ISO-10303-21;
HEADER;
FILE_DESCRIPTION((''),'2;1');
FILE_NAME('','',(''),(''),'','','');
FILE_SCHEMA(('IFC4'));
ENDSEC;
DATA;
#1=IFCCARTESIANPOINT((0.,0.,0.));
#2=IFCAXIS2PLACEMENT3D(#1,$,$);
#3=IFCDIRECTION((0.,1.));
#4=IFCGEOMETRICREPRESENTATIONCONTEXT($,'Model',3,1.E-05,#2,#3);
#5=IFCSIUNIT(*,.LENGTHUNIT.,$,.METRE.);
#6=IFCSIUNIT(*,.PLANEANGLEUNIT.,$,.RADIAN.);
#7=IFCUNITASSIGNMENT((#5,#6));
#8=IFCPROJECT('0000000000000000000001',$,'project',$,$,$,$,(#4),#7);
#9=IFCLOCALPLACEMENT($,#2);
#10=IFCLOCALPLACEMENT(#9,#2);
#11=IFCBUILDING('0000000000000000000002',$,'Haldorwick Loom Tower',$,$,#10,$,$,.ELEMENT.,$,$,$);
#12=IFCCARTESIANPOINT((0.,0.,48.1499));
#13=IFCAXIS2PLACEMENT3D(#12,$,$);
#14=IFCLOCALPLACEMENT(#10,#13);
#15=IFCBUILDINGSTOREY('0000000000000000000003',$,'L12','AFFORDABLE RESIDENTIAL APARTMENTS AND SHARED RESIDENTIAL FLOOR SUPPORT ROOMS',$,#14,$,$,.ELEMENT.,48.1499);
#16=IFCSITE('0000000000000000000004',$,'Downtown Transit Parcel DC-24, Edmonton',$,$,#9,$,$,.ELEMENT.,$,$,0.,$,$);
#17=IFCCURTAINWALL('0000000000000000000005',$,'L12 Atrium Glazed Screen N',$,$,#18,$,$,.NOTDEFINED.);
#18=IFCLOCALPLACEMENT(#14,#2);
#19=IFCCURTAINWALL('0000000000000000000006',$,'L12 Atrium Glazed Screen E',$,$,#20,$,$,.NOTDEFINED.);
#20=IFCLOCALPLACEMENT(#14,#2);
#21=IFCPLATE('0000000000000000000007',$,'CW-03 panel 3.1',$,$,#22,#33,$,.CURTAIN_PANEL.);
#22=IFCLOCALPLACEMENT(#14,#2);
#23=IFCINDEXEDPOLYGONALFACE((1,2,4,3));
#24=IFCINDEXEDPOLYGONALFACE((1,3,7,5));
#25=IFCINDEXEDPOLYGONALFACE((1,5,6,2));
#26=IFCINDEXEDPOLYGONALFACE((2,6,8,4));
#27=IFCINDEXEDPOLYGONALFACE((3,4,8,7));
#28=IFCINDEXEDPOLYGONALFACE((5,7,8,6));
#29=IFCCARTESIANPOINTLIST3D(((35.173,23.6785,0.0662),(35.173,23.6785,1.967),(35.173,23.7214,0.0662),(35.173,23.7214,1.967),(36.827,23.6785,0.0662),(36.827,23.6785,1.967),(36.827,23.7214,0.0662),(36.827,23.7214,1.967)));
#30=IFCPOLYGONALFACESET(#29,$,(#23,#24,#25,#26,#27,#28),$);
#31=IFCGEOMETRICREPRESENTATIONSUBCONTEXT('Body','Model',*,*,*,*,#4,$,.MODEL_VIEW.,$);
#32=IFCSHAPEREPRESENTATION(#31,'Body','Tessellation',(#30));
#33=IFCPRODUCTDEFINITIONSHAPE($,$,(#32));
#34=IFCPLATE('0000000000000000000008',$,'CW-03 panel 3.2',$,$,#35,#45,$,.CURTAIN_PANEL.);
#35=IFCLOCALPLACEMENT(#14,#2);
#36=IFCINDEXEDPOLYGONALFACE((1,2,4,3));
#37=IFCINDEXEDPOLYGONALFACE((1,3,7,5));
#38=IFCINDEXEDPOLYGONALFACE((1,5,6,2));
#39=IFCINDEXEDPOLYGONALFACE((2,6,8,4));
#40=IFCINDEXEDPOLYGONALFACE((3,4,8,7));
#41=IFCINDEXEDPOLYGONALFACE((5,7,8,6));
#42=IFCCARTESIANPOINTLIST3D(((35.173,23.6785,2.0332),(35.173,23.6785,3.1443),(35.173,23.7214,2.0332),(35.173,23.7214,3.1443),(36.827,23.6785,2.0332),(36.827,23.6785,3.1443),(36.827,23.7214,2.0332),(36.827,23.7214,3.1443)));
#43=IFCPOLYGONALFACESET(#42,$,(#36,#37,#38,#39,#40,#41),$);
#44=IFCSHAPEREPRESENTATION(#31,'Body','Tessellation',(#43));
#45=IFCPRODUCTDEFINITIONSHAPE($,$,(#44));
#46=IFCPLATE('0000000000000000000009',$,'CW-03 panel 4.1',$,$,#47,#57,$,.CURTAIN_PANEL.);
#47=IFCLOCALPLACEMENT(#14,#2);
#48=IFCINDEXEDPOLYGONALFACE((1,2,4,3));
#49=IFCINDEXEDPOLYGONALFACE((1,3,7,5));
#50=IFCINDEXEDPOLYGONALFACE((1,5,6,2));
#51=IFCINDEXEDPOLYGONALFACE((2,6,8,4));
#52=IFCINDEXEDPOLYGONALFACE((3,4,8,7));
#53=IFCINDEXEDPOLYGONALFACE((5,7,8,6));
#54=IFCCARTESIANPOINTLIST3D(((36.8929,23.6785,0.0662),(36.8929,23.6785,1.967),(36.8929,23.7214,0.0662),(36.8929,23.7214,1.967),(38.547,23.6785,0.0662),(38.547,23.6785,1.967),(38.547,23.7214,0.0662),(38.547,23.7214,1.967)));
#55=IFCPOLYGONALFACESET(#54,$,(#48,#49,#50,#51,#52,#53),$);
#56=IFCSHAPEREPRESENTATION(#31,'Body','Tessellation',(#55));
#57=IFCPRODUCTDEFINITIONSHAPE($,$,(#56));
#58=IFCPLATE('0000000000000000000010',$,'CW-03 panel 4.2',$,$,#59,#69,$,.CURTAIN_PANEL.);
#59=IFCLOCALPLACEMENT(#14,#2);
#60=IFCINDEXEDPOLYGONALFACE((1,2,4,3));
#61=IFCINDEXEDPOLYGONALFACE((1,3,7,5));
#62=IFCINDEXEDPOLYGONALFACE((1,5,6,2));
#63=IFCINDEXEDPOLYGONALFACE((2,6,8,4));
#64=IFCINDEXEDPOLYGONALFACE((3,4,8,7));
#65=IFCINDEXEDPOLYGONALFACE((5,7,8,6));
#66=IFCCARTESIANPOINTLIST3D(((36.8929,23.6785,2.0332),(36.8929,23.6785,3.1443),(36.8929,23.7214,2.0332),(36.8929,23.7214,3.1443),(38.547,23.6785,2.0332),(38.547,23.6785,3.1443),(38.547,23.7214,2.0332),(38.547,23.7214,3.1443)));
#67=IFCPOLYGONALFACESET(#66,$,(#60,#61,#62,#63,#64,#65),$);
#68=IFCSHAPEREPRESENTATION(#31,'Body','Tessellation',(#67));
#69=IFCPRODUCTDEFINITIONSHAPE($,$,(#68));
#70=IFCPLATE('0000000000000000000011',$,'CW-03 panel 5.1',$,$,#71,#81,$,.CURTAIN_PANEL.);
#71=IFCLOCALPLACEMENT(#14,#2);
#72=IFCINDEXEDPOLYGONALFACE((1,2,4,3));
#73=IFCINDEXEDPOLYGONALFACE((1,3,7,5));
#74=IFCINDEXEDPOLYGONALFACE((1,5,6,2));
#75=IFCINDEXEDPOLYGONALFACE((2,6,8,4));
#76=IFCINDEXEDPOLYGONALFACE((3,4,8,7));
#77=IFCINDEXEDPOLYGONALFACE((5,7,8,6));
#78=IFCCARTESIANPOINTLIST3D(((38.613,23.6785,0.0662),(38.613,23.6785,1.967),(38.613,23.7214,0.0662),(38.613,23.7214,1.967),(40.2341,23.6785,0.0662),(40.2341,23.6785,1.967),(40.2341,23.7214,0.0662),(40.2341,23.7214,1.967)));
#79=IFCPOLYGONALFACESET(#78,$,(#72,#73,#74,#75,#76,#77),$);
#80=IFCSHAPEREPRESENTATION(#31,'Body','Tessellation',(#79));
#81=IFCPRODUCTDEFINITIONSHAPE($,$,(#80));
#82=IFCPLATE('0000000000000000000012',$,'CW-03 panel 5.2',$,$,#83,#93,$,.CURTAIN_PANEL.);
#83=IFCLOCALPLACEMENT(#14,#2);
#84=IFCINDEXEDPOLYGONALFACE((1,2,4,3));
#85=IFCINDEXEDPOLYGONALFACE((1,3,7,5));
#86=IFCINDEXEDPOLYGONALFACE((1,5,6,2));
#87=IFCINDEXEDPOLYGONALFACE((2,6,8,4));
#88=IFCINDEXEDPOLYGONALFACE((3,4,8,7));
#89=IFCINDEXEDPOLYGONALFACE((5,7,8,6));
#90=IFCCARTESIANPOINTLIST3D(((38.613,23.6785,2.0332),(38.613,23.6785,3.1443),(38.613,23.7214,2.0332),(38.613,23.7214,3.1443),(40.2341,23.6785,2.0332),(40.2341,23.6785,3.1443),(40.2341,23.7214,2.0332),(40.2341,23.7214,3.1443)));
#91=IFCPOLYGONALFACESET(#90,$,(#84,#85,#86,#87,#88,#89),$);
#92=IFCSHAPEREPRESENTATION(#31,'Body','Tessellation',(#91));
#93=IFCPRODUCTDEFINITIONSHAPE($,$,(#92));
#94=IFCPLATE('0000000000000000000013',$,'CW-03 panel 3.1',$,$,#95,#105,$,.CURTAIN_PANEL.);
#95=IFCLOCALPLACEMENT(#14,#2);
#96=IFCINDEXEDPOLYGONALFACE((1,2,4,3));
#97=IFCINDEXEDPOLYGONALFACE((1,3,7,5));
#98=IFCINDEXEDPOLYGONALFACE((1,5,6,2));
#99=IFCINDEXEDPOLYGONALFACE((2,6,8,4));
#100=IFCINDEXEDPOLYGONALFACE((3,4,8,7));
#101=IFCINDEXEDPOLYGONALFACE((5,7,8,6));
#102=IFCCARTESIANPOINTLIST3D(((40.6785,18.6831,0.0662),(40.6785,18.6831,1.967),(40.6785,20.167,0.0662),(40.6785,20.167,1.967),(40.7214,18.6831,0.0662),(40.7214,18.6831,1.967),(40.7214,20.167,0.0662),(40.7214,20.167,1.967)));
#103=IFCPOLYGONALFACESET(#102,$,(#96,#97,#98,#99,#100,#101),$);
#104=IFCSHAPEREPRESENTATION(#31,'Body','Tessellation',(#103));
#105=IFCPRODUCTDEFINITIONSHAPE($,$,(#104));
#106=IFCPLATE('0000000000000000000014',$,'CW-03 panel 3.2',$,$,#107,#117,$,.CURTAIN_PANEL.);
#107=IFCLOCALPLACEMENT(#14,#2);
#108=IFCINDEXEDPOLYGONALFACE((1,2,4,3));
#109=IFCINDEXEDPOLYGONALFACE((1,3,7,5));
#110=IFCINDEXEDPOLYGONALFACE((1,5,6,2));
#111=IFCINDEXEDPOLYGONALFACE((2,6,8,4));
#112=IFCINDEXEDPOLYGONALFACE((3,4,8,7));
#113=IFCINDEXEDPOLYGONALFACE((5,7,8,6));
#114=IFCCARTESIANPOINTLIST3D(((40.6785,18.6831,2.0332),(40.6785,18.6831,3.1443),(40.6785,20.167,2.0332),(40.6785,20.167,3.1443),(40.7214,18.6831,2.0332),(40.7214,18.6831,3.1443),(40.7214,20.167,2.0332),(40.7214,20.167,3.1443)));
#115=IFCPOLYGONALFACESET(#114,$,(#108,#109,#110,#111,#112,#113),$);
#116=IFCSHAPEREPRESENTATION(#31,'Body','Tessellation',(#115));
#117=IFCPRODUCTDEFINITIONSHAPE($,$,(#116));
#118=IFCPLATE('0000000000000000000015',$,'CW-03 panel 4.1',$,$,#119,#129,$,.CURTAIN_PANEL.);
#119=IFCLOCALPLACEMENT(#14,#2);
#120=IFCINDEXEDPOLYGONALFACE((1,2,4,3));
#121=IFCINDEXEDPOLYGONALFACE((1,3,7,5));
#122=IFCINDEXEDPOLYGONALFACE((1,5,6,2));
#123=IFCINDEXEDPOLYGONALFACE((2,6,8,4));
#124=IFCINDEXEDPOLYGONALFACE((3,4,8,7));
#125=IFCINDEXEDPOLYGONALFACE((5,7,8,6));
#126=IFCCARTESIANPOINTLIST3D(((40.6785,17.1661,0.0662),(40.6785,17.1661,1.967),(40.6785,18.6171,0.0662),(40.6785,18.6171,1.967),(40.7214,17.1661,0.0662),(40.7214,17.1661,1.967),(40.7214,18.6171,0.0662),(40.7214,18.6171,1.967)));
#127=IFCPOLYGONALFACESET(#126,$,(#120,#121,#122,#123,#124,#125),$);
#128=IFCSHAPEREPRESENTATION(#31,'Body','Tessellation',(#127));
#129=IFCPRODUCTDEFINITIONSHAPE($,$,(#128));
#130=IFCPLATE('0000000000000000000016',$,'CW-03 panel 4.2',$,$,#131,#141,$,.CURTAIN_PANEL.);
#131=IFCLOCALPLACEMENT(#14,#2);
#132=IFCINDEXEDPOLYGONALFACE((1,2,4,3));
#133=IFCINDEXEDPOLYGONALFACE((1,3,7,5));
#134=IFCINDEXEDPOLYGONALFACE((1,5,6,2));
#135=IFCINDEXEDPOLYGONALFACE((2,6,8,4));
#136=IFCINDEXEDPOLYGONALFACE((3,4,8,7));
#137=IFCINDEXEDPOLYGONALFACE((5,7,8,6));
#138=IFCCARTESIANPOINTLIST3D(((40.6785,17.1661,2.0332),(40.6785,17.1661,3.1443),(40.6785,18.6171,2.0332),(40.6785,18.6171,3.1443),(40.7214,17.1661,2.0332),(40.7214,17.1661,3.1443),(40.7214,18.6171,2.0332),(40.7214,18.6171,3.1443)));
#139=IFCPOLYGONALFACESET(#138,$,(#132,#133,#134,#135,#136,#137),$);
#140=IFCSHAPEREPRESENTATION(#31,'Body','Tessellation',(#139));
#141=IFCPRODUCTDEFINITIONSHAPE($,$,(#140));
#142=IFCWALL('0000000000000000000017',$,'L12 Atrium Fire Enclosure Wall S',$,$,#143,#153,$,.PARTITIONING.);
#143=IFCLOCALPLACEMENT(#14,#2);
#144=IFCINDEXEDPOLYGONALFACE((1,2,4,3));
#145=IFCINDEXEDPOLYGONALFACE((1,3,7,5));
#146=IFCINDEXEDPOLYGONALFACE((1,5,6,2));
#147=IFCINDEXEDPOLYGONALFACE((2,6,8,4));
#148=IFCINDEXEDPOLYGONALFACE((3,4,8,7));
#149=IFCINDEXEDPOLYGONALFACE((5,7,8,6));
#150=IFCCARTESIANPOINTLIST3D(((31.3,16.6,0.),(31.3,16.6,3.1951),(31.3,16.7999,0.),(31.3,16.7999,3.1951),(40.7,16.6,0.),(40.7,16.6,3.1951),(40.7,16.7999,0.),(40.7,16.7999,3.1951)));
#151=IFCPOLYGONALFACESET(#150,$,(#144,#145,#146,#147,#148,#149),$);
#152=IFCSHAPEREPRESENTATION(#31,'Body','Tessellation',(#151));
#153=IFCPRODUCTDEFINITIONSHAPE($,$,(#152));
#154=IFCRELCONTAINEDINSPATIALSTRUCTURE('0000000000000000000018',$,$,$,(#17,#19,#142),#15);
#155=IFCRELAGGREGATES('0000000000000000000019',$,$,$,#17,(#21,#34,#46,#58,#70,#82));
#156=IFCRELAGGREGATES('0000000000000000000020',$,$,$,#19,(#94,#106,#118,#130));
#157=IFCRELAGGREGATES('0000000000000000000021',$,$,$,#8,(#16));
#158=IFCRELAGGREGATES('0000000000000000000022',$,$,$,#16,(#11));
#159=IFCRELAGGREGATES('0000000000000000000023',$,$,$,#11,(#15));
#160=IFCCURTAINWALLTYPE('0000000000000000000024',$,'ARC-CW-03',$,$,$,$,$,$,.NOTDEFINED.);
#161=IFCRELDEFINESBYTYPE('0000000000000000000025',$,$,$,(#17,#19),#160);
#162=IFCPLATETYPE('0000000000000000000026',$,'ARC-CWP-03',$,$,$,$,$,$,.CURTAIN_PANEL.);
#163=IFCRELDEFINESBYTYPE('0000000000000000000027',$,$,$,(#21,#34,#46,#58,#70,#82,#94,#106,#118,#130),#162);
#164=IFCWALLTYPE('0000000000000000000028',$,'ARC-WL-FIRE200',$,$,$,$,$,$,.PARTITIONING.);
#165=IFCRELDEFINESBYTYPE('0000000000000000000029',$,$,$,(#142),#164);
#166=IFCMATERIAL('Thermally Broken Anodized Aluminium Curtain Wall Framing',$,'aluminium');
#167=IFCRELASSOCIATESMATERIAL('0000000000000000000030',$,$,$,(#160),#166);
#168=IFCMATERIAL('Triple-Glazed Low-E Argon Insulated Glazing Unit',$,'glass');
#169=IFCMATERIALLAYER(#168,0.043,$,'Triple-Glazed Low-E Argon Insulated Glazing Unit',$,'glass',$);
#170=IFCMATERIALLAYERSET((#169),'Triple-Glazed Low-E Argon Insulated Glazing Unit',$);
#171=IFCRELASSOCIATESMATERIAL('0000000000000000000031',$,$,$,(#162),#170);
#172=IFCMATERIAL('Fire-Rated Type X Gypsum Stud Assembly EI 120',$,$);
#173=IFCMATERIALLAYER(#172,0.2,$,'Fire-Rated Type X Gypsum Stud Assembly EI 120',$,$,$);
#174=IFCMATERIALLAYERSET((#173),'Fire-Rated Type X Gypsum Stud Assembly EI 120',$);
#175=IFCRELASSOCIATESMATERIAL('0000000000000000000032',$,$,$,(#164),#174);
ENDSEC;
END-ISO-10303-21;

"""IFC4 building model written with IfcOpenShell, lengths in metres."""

from ifc_helpers import new_model, si_unit, direction, frame, frame_2d, origin, origin_2d, place, context, subcontext, project, spatial, rectangle, extrude, material, layer, layer_set, type_object, element, aggregate, save


model = new_model("IFC4")

# Units and contexts
model_context = context("Model", 3, precision=1e-05, world=origin(), true_north=direction((0.0, 1.0)))
body_context = subcontext(model_context, "Body", "Model", "MODEL_VIEW")
ifc_project = project(units=[si_unit("LENGTHUNIT", "METRE"), si_unit("PLANEANGLEUNIT", "RADIAN")], contexts=[model_context])

# Site, building, storey
site_placement = place(None, origin())
site = spatial("IfcSite", under=ifc_project, at=site_placement, Name="Downtown Transit Parcel DC-24, Edmonton", CompositionType="ELEMENT", RefElevation=0.0)
building_placement = place(site_placement, origin())
building = spatial("IfcBuilding", under=site, at=building_placement, Name="Haldorwick Loom Tower", CompositionType="ELEMENT")
storey_placement = place(building_placement, frame((0.0, 0.0, 48.1499)))
storey = spatial("IfcBuildingStorey", under=building, at=storey_placement, Name="L12", Description="AFFORDABLE RESIDENTIAL APARTMENTS AND SHARED RESIDENTIAL FLOOR SUPPORT ROOMS", CompositionType="ELEMENT", Elevation=48.1499)

# Curtain walls
ifc_material_1 = material(Name="Thermally Broken Anodized Aluminium Curtain Wall Framing", Category="aluminium")
curtain_wall_type = type_object("IfcCurtainWallType", Name="ARC-CW-03", PredefinedType="NOTDEFINED", material=ifc_material_1)
curtain_wall_1_placement = place(storey_placement, origin())
curtain_wall_1 = element("IfcCurtainWall", 1, at=curtain_wall_1_placement, inside=storey, type_object=curtain_wall_type, Name="L12 Atrium Glazed Screen N", PredefinedType="NOTDEFINED")
curtain_wall_2_placement = place(storey_placement, origin())
curtain_wall_2 = element("IfcCurtainWall", 2, at=curtain_wall_2_placement, inside=storey, type_object=curtain_wall_type, Name="L12 Atrium Glazed Screen E", PredefinedType="NOTDEFINED")

# Plates
ifc_material_2 = material(Name="Triple-Glazed Low-E Argon Insulated Glazing Unit", Category="glass")
ifc_layer_1 = layer(ifc_material_2, 0.043, Name="Triple-Glazed Low-E Argon Insulated Glazing Unit", Category="glass")
ifc_layer_set_1 = layer_set([ifc_layer_1], Name="Triple-Glazed Low-E Argon Insulated Glazing Unit")
plate_type = type_object("IfcPlateType", Name="ARC-CWP-03", PredefinedType="CURTAIN_PANEL", material=ifc_layer_set_1)
plate_1_placement = place(storey_placement, frame((36.0, 23.7, 0.0662), z_axis=(0.0, 0.0, 1.0), x_axis=(1.0, 0.0, 0.0)))
plate_1 = element("IfcPlate", 3, at=plate_1_placement, type_object=plate_type, Name="CW-03 panel 3.1", PredefinedType="CURTAIN_PANEL", context=body_context, shape_type="SweptSolid", body=[
    extrude(rectangle(XDim=1.6541, YDim=0.043, at=origin_2d()), origin(), (0.0, 0.0, 1.0), 1.9009),
])
plate_2_placement = place(storey_placement, frame((36.0, 23.7, 2.0332), z_axis=(0.0, 0.0, 1.0), x_axis=(1.0, 0.0, 0.0)))
plate_2 = element("IfcPlate", 4, at=plate_2_placement, type_object=plate_type, Name="CW-03 panel 3.2", PredefinedType="CURTAIN_PANEL", context=body_context, shape_type="SweptSolid", body=[
    extrude(rectangle(XDim=1.6541, YDim=0.043, at=origin_2d()), origin(), (0.0, 0.0, 1.0), 1.1111),
])
plate_3_placement = place(storey_placement, frame((37.72, 23.7, 0.0662), z_axis=(0.0, 0.0, 1.0), x_axis=(1.0, 0.0, 0.0)))
plate_3 = element("IfcPlate", 5, at=plate_3_placement, type_object=plate_type, Name="CW-03 panel 4.1", PredefinedType="CURTAIN_PANEL", context=body_context, shape_type="SweptSolid", body=[
    extrude(rectangle(XDim=1.6541, YDim=0.043, at=origin_2d()), origin(), (0.0, 0.0, 1.0), 1.9009),
])
plate_4_placement = place(storey_placement, frame((37.72, 23.7, 2.0332), z_axis=(0.0, 0.0, 1.0), x_axis=(1.0, 0.0, 0.0)))
plate_4 = element("IfcPlate", 6, at=plate_4_placement, type_object=plate_type, Name="CW-03 panel 4.2", PredefinedType="CURTAIN_PANEL", context=body_context, shape_type="SweptSolid", body=[
    extrude(rectangle(XDim=1.6541, YDim=0.043, at=origin_2d()), origin(), (0.0, 0.0, 1.0), 1.1111),
])
plate_5_placement = place(storey_placement, frame((39.4236, 23.7, 0.0662), z_axis=(0.0, 0.0, 1.0), x_axis=(1.0, 0.0, 0.0)))
plate_5 = element("IfcPlate", 7, at=plate_5_placement, type_object=plate_type, Name="CW-03 panel 5.1", PredefinedType="CURTAIN_PANEL", context=body_context, shape_type="SweptSolid", body=[
    extrude(rectangle(XDim=1.6211, YDim=0.043, at=origin_2d()), origin(), (0.0, 0.0, 1.0), 1.9009),
])
plate_6_placement = place(storey_placement, frame((39.4236, 23.7, 2.0332), z_axis=(0.0, 0.0, 1.0), x_axis=(1.0, 0.0, 0.0)))
plate_6 = element("IfcPlate", 8, at=plate_6_placement, type_object=plate_type, Name="CW-03 panel 5.2", PredefinedType="CURTAIN_PANEL", context=body_context, shape_type="SweptSolid", body=[
    extrude(rectangle(XDim=1.6211, YDim=0.043, at=origin_2d()), origin(), (0.0, 0.0, 1.0), 1.1111),
])
aggregate(curtain_wall_1, [plate_1, plate_2, plate_3, plate_4, plate_5, plate_6])
plate_7_placement = place(storey_placement, frame((40.7, 19.425, 0.0662), z_axis=(0.0, 0.0, 1.0), x_axis=(0.0, -1.0, 0.0)))
plate_7 = element("IfcPlate", 9, at=plate_7_placement, type_object=plate_type, Name="CW-03 panel 3.1", PredefinedType="CURTAIN_PANEL", context=body_context, shape_type="SweptSolid", body=[
    extrude(rectangle(XDim=1.4839, YDim=0.043, at=origin_2d()), origin(), (0.0, 0.0, 1.0), 1.9009),
])
plate_8_placement = place(storey_placement, frame((40.7, 19.425, 2.0332), z_axis=(0.0, 0.0, 1.0), x_axis=(0.0, -1.0, 0.0)))
plate_8 = element("IfcPlate", 10, at=plate_8_placement, type_object=plate_type, Name="CW-03 panel 3.2", PredefinedType="CURTAIN_PANEL", context=body_context, shape_type="SweptSolid", body=[
    extrude(rectangle(XDim=1.4839, YDim=0.043, at=origin_2d()), origin(), (0.0, 0.0, 1.0), 1.1111),
])
plate_9_placement = place(storey_placement, frame((40.7, 17.8916, 0.0662), z_axis=(0.0, 0.0, 1.0), x_axis=(0.0, -1.0, 0.0)))
plate_9 = element("IfcPlate", 11, at=plate_9_placement, type_object=plate_type, Name="CW-03 panel 4.1", PredefinedType="CURTAIN_PANEL", context=body_context, shape_type="SweptSolid", body=[
    extrude(rectangle(XDim=1.4509, YDim=0.043, at=origin_2d()), origin(), (0.0, 0.0, 1.0), 1.9009),
])
plate_10_placement = place(storey_placement, frame((40.7, 17.8916, 2.0332), z_axis=(0.0, 0.0, 1.0), x_axis=(0.0, -1.0, 0.0)))
plate_10 = element("IfcPlate", 12, at=plate_10_placement, type_object=plate_type, Name="CW-03 panel 4.2", PredefinedType="CURTAIN_PANEL", context=body_context, shape_type="SweptSolid", body=[
    extrude(rectangle(XDim=1.4509, YDim=0.043, at=origin_2d()), origin(), (0.0, 0.0, 1.0), 1.1111),
])
aggregate(curtain_wall_2, [plate_7, plate_8, plate_9, plate_10])

# Wall
ifc_material_3 = material(Name="Fire-Rated Type X Gypsum Stud Assembly EI 120")
ifc_layer_2 = layer(ifc_material_3, 0.2, Name="Fire-Rated Type X Gypsum Stud Assembly EI 120")
ifc_layer_set_2 = layer_set([ifc_layer_2], Name="Fire-Rated Type X Gypsum Stud Assembly EI 120")
wall_type = type_object("IfcWallType", Name="ARC-WL-FIRE200", PredefinedType="PARTITIONING", material=ifc_layer_set_2)
wall_placement = place(storey_placement, frame((40.7, 16.7, 0.0), z_axis=(0.0, 0.0, 1.0), x_axis=(-1.0, 0.0, 0.0)))
element("IfcWall", 13, at=wall_placement, inside=storey, type_object=wall_type, Name="L12 Atrium Fire Enclosure Wall S", PredefinedType="PARTITIONING", context=body_context, shape_type="SweptSolid", body=[
    extrude(rectangle(XDim=9.3999, YDim=0.2, at=frame_2d((4.7, 0.0))), origin(), (0.0, 0.0, 1.0), 3.1951),
])

save(model, "model.ifc")
